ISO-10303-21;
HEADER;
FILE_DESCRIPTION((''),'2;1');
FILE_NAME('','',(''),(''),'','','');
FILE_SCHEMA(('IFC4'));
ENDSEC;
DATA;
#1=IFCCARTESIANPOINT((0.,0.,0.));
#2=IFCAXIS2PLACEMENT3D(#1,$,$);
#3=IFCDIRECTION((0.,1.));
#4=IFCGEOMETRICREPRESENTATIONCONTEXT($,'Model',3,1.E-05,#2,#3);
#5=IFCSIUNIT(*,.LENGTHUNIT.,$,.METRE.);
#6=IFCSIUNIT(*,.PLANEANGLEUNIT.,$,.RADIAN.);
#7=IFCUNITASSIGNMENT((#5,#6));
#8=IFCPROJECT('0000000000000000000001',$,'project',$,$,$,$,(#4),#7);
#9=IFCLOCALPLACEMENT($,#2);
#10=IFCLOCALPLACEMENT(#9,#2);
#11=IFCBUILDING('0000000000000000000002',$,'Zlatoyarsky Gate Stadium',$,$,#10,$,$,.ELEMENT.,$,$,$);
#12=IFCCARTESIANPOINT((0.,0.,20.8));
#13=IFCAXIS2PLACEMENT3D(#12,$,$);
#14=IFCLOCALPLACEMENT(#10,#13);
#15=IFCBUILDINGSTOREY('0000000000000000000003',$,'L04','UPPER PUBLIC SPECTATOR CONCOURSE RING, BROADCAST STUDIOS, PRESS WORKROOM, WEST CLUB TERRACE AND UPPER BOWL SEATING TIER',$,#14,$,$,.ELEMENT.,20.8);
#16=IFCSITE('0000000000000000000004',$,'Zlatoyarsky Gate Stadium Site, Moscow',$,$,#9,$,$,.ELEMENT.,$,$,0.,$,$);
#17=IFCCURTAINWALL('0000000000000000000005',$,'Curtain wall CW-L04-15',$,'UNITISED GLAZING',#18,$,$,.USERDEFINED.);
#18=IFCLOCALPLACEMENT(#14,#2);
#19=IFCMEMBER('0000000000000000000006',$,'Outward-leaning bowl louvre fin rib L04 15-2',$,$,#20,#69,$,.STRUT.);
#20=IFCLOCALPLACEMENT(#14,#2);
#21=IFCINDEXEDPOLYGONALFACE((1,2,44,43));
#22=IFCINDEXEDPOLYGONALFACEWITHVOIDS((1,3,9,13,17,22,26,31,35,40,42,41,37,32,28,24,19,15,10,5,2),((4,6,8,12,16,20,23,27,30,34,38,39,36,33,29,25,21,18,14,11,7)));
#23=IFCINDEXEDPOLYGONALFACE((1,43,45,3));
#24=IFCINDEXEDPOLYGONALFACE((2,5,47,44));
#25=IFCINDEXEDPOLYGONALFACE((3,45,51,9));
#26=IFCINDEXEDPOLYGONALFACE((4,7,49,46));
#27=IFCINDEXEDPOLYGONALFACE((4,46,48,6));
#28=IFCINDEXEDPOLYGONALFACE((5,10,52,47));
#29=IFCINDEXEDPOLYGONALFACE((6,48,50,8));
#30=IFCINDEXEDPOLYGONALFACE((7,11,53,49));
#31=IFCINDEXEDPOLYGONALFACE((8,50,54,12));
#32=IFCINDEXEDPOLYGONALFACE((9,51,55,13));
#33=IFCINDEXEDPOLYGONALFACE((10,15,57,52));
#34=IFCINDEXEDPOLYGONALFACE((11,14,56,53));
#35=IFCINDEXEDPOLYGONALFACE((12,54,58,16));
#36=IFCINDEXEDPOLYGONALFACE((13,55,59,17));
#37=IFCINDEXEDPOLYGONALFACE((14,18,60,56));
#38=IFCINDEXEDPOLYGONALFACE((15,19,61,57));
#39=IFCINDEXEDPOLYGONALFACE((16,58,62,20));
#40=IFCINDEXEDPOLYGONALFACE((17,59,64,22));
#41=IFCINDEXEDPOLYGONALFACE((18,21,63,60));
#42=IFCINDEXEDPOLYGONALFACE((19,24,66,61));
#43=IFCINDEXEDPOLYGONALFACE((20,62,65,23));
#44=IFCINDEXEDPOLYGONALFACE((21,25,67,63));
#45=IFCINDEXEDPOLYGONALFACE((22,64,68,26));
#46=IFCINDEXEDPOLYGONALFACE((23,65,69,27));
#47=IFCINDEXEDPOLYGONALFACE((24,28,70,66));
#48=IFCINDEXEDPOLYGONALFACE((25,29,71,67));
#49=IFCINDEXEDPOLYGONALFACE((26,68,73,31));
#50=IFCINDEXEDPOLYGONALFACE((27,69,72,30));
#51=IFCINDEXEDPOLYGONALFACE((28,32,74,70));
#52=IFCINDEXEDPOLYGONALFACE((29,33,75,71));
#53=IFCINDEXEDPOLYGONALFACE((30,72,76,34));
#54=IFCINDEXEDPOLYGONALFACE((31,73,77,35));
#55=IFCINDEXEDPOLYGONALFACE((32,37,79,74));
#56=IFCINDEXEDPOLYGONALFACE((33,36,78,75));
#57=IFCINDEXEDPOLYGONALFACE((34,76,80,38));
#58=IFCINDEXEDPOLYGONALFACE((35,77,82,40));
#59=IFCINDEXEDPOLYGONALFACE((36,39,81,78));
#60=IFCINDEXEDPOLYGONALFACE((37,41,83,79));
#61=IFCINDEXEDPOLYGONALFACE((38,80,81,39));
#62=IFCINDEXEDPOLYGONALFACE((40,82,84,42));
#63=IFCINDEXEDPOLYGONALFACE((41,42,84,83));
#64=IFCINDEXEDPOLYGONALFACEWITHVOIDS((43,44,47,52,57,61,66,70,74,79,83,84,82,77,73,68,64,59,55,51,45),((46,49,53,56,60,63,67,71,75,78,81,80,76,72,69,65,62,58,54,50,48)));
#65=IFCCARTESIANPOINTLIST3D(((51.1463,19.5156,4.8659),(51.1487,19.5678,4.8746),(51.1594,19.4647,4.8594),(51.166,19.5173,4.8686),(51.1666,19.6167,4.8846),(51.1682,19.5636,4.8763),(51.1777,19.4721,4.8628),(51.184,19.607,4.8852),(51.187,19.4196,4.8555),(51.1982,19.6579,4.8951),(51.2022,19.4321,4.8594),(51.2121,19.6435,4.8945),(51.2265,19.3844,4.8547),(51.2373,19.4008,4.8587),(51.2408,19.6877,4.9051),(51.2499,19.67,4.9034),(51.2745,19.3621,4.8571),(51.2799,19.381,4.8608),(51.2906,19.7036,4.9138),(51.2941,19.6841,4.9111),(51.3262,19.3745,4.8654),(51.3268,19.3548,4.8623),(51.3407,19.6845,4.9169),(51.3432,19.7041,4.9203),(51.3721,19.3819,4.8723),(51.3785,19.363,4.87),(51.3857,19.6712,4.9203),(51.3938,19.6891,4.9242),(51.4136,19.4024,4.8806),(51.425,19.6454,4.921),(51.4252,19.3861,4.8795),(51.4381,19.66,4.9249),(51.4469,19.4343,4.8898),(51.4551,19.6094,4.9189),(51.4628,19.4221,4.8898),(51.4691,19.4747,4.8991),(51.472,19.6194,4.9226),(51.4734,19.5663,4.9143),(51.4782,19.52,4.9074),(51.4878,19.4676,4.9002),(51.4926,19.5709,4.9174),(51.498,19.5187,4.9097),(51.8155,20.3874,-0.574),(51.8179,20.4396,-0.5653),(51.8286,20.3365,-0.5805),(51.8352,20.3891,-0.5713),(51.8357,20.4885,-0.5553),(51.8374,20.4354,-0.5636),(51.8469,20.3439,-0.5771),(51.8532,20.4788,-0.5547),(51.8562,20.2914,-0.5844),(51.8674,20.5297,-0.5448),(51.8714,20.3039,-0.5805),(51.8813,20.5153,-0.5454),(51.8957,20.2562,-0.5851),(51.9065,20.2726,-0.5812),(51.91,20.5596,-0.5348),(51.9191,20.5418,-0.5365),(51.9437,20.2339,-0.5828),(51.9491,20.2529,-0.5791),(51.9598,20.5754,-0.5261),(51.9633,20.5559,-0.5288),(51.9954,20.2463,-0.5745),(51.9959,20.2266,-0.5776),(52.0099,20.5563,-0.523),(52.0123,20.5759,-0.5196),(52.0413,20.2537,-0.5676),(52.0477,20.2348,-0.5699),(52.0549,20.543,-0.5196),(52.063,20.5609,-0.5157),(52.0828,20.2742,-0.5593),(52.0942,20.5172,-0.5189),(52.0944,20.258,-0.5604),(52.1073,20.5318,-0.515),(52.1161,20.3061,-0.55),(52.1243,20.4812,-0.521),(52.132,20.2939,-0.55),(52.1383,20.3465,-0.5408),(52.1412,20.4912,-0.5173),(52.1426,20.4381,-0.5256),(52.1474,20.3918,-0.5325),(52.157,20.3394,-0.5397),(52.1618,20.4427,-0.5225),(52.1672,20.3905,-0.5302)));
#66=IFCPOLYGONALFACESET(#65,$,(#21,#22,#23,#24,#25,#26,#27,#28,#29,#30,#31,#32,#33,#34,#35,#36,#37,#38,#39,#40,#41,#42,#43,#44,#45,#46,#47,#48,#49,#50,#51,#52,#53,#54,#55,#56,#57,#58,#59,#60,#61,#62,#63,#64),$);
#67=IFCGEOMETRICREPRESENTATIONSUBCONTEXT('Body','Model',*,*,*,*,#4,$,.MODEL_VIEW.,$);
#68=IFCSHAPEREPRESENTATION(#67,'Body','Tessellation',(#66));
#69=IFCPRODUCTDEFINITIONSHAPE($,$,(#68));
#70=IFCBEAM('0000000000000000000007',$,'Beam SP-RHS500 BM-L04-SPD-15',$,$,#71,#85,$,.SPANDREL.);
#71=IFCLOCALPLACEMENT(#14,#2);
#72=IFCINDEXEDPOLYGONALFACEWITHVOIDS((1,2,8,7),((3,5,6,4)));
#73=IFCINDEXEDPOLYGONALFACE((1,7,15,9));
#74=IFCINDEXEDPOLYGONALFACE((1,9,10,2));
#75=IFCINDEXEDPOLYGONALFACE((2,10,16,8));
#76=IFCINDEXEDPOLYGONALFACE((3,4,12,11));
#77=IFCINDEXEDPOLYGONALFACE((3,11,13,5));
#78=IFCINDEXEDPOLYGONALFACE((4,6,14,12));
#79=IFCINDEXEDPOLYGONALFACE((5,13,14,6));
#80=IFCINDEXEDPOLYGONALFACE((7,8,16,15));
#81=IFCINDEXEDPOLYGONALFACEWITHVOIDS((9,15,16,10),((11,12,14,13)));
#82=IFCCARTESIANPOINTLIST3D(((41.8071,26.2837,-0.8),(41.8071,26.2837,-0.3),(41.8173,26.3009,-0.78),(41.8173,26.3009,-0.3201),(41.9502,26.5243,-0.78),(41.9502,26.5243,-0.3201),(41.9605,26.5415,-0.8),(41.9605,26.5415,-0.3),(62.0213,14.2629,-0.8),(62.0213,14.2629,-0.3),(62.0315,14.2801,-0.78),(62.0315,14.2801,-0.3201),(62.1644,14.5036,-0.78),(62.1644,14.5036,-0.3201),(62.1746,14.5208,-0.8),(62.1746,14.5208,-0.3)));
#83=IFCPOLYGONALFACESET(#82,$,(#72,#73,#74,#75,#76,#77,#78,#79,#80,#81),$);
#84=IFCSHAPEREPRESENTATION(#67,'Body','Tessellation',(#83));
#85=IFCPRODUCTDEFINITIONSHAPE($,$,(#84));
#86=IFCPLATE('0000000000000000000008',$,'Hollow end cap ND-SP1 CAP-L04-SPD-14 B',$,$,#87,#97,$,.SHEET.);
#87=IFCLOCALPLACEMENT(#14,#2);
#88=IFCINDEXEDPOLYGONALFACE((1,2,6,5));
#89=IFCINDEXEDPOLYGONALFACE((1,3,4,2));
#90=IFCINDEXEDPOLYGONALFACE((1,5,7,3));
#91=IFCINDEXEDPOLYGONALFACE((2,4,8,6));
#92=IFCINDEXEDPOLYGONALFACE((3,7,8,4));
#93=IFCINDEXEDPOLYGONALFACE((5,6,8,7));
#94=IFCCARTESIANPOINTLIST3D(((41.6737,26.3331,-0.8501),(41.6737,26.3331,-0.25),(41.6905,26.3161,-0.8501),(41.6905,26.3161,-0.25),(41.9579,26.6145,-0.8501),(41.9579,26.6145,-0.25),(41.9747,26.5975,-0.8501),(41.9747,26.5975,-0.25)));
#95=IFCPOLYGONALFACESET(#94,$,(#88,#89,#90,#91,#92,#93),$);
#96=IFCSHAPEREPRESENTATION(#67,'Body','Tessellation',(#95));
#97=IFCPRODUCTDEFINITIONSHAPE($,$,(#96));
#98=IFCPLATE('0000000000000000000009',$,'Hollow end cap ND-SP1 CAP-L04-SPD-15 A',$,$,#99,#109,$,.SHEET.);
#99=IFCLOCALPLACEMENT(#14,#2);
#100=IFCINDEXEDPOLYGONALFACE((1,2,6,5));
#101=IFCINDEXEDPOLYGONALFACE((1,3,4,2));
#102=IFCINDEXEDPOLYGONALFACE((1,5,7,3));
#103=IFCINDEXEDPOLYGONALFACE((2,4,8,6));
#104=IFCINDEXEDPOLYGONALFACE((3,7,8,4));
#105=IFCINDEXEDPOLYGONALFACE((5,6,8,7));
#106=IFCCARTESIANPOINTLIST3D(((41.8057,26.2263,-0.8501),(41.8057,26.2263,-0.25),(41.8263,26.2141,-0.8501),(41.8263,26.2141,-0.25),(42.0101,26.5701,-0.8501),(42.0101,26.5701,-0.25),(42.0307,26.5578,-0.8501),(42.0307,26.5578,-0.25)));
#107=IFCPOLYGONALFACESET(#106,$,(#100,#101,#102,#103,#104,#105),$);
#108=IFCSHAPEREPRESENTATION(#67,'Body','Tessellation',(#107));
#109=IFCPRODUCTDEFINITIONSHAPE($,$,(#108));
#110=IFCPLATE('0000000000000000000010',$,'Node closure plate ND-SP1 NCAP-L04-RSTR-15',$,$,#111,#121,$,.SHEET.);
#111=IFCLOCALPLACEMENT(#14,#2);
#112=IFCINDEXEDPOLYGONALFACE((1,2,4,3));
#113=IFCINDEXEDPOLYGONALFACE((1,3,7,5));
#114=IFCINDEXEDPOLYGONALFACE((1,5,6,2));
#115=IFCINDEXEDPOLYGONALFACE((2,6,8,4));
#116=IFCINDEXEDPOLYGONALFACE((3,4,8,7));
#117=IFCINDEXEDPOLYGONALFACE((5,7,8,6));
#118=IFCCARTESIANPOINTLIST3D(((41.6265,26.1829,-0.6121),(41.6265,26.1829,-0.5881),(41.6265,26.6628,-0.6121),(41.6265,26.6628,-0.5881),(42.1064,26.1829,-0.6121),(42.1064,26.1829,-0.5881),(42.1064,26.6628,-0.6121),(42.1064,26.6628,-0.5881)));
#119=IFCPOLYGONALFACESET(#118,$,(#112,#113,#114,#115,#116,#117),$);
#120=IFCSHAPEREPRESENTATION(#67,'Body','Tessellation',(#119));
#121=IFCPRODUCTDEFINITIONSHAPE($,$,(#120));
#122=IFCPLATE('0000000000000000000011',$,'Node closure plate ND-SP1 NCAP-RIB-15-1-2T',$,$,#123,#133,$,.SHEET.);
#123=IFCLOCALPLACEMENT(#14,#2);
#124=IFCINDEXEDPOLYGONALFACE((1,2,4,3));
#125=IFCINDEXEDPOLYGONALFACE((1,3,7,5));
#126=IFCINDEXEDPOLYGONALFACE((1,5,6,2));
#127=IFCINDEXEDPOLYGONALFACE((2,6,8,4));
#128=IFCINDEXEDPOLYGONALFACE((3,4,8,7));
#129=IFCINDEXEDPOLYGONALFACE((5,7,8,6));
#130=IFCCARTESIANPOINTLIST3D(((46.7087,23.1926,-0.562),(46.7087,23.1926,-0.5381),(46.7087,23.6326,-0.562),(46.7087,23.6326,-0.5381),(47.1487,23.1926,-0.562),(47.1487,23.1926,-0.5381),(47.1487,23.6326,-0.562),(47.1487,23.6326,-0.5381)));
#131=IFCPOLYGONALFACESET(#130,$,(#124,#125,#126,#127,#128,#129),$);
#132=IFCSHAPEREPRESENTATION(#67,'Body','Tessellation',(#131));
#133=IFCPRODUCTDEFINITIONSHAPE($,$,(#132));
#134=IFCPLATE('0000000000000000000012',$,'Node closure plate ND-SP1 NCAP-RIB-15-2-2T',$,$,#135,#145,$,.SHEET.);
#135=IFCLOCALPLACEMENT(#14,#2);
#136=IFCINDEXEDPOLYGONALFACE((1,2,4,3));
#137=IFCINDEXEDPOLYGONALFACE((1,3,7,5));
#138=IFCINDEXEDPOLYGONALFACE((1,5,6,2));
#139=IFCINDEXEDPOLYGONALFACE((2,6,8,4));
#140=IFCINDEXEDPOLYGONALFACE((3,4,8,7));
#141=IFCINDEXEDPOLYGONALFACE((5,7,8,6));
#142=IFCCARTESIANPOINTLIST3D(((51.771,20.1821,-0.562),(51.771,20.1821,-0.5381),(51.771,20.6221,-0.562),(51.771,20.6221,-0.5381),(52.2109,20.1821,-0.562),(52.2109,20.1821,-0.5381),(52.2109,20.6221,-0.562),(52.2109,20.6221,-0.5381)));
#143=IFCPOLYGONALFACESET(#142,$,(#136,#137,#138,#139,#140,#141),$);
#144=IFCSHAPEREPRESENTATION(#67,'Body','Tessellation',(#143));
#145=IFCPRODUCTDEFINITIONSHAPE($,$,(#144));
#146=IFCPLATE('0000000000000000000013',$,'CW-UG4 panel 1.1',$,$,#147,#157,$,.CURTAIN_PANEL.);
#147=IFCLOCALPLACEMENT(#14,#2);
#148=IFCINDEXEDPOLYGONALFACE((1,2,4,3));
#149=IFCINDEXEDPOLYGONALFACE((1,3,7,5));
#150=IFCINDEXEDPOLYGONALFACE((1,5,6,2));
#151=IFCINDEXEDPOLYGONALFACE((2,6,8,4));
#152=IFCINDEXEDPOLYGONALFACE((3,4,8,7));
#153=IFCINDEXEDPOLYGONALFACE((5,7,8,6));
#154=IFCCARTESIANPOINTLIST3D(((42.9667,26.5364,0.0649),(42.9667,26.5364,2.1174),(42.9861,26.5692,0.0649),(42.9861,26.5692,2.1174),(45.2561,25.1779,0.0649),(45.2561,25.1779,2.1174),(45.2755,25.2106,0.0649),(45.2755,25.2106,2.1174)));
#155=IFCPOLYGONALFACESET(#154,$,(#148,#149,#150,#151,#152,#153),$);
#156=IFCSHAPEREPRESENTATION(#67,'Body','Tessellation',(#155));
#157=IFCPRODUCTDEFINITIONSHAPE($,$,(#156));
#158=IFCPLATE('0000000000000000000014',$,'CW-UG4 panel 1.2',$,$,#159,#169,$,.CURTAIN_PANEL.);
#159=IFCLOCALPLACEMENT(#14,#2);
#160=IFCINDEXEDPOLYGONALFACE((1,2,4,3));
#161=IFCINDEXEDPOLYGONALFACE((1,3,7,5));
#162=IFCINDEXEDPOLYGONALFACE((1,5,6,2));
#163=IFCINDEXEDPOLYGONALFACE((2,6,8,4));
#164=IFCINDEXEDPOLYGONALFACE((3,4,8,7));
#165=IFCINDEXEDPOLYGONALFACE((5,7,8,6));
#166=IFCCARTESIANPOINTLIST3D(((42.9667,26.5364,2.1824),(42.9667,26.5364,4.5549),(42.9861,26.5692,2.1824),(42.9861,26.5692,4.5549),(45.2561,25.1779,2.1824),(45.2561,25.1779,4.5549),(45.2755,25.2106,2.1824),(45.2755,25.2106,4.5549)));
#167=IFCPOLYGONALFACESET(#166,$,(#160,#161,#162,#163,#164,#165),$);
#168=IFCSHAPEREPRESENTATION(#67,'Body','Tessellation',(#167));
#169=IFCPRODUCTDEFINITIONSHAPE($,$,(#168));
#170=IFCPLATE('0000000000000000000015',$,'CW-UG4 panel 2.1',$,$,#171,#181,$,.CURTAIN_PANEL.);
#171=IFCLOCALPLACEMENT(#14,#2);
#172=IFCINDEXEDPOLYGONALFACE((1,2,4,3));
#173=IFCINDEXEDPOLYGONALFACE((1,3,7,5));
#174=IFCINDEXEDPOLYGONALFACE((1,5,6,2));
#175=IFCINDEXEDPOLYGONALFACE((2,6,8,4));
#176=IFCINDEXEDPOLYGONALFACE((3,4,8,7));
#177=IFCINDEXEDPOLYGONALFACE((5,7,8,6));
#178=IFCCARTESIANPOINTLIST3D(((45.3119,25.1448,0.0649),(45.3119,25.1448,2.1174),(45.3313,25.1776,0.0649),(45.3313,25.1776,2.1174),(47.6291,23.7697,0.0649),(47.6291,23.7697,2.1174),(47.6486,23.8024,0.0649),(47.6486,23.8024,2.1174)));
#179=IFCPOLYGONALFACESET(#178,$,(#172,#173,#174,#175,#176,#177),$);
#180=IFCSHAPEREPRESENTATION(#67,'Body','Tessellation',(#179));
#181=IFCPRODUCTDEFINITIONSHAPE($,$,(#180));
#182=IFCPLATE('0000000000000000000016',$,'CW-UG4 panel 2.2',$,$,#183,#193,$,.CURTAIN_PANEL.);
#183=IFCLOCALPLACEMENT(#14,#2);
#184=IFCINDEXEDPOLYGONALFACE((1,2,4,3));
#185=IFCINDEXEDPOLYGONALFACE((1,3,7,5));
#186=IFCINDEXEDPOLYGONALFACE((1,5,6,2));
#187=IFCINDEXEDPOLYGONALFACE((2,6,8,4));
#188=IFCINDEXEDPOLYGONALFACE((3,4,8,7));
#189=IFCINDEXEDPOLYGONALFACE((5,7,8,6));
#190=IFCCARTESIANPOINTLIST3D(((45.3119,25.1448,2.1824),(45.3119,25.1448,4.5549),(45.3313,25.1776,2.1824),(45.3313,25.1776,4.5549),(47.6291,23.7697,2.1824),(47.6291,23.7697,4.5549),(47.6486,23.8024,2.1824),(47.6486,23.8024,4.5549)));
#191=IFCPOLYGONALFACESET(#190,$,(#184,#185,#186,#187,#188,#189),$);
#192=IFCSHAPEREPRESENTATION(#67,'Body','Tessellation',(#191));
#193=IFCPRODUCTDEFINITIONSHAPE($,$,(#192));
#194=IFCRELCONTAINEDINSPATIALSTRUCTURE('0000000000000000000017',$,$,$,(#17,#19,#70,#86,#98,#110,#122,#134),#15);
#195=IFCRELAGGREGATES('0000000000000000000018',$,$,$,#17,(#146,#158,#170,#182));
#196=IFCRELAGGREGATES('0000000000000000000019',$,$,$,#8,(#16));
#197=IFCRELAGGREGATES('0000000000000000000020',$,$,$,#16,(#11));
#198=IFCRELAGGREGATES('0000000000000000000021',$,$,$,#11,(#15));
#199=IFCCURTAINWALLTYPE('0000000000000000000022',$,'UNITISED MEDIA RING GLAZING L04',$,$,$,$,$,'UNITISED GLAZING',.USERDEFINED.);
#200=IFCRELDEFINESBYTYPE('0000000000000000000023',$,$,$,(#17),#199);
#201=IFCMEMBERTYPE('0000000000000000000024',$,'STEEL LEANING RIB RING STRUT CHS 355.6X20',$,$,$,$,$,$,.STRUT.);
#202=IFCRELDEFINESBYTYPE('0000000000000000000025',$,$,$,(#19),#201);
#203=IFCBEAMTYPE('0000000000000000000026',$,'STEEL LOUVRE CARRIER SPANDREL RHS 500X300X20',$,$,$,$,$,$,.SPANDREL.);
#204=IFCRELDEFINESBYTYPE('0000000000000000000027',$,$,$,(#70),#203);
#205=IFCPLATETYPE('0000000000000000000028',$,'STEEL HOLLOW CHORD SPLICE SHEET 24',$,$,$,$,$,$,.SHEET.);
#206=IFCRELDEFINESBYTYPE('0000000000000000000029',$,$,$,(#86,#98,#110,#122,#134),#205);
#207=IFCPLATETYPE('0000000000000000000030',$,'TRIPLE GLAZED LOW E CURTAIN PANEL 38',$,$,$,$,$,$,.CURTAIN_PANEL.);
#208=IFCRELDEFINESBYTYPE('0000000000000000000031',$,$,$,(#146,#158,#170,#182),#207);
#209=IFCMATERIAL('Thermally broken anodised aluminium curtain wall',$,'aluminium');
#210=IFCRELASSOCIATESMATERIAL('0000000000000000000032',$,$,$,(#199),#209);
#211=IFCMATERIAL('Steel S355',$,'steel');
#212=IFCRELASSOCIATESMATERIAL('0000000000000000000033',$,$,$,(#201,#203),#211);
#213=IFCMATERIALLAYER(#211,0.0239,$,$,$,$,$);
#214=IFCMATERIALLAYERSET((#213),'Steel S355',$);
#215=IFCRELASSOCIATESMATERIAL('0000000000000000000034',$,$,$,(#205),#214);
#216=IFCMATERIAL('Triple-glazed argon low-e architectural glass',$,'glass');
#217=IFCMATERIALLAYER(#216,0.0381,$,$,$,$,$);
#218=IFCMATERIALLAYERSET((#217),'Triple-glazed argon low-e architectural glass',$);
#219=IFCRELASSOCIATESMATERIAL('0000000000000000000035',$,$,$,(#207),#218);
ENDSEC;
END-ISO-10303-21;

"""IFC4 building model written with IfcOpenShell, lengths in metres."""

from ifc_helpers import new_model, si_unit, direction, frame, origin, origin_2d, place, context, subcontext, project, spatial, rectangle, hollow_rectangle, hollow_circle, extrude, material, layer, layer_set, material_profile, profile_set, type_object, element, aggregate, save


model = new_model("IFC4")

# Units and contexts
model_context = context("Model", 3, precision=1e-05, world=origin(), true_north=direction((0.0, 1.0)))
body_context = subcontext(model_context, "Body", "Model", "MODEL_VIEW")
ifc_project = project(units=[si_unit("LENGTHUNIT", "METRE"), si_unit("PLANEANGLEUNIT", "RADIAN")], contexts=[model_context])

# Site, building, storey
site_placement = place(None, origin())
site = spatial("IfcSite", under=ifc_project, at=site_placement, Name="Zlatoyarsky Gate Stadium Site, Moscow", CompositionType="ELEMENT", RefElevation=0.0)
building_placement = place(site_placement, origin())
building = spatial("IfcBuilding", under=site, at=building_placement, Name="Zlatoyarsky Gate Stadium", CompositionType="ELEMENT")
storey_placement = place(building_placement, frame((0.0, 0.0, 20.8)))
storey = spatial("IfcBuildingStorey", under=building, at=storey_placement, Name="L04", Description="UPPER PUBLIC SPECTATOR CONCOURSE RING, BROADCAST STUDIOS, PRESS WORKROOM, WEST CLUB TERRACE AND UPPER BOWL SEATING TIER", CompositionType="ELEMENT", Elevation=20.8)

# Shared definitions
ifc_material_1 = material(Name="Thermally broken anodised aluminium curtain wall", Category="aluminium")
curtain_wall_type = type_object("IfcCurtainWallType", Name="UNITISED MEDIA RING GLAZING L04", ElementType="UNITISED GLAZING", PredefinedType="USERDEFINED", material=ifc_material_1)

# Curtain wall
curtain_wall_1_placement = place(storey_placement, origin())
curtain_wall_1 = element("IfcCurtainWall", 1, at=curtain_wall_1_placement, inside=storey, type_object=curtain_wall_type, Name="Curtain wall CW-L04-15", ObjectType="UNITISED GLAZING", PredefinedType="USERDEFINED")

# Member
ifc_material_2 = material(Name="Steel S355", Category="steel")
ifc_material_profile_1 = material_profile(ifc_material_2, hollow_circle(Radius=0.1777, WallThickness=0.02, at=origin_2d()), Name="CHS 355.6X20")
ifc_profile_set_1 = profile_set([ifc_material_profile_1], Name="Steel S355")
member_type_1 = type_object("IfcMemberType", Name="STEEL LEANING RIB RING STRUT CHS 355.6X20", PredefinedType="STRUT", material=ifc_profile_set_1)
member_1_placement = place(storey_placement, frame((51.991, 20.4021, -0.55), z_axis=(-0.120578, -0.15709, 0.980196), x_axis=(0.793259, -0.608884, 0.0)))
element("IfcMember", 2, at=member_1_placement, inside=storey, type_object=member_type_1, Name="Outward-leaning bowl louvre fin rib L04 15-2", PredefinedType="STRUT", context=body_context, shape_type="SweptSolid", body=[
    extrude(hollow_circle(Radius=0.1777, WallThickness=0.02, at=origin_2d()), origin(), (0.0, 0.0, 1.0), 5.5498),
])

# Beam
ifc_material_profile_2 = material_profile(ifc_material_2, hollow_rectangle(XDim=0.3, YDim=0.5, WallThickness=0.02, at=origin_2d()), Name="RHS 500X300X20")
ifc_profile_set_2 = profile_set([ifc_material_profile_2], Name="Steel S355")
beam_type = type_object("IfcBeamType", Name="STEEL LOUVRE CARRIER SPANDREL RHS 500X300X20", PredefinedType="SPANDREL", material=ifc_profile_set_2)
beam_placement = place(storey_placement, frame((41.8838, 26.4126, -0.55), z_axis=(0.859507, -0.511124, 0.0), x_axis=(0.511124, 0.859507, 0.0)))
element("IfcBeam", 3, at=beam_placement, inside=storey, type_object=beam_type, Name="Beam SP-RHS500 BM-L04-SPD-15", PredefinedType="SPANDREL", context=body_context, shape_type="SweptSolid", body=[
    extrude(hollow_rectangle(XDim=0.3, YDim=0.5, WallThickness=0.02, at=origin_2d()), origin(), (0.0, 0.0, 1.0), 23.5183),
])

# Plates
ifc_layer_1 = layer(ifc_material_2, 0.0239)
ifc_layer_set_1 = layer_set([ifc_layer_1], Name="Steel S355")
plate_type_1 = type_object("IfcPlateType", Name="STEEL HOLLOW CHORD SPLICE SHEET 24", PredefinedType="SHEET", material=ifc_layer_set_1)
for number, where, z_axis, x_axis, name in (
    (4, (41.8242, 26.4653, -0.8501), (0.0, 0.0, 1.0), (0.703591, -0.710605, 0.0), "Hollow end cap ND-SP1 CAP-L04-SPD-14 B"),
    (5, (41.9182, 26.3921, -0.8501), (0.0, 0.0, 1.0), (0.859509, -0.51112, 0.0), "Hollow end cap ND-SP1 CAP-L04-SPD-15 A"),
):
    element("IfcPlate", number, at=place(storey_placement, frame(where, z_axis=z_axis, x_axis=x_axis)), inside=storey, type_object=plate_type_1, Name=name, PredefinedType="SHEET", context=body_context, shape_type="SweptSolid", body=[
        extrude(rectangle(XDim=0.0239, YDim=0.3999, at=origin_2d()), origin(), (0.0, 0.0, 1.0), 0.6001),
    ])
plate_1_placement = place(storey_placement, frame((41.8665, 26.4229, -0.6121), z_axis=(0.0, 0.0, 1.0), x_axis=(1.0, 0.0, 0.0)))
element("IfcPlate", 6, at=plate_1_placement, inside=storey, type_object=plate_type_1, Name="Node closure plate ND-SP1 NCAP-L04-RSTR-15", PredefinedType="SHEET", context=body_context, shape_type="SweptSolid", body=[
    extrude(rectangle(XDim=0.48, YDim=0.48, at=origin_2d()), origin(), (0.0, 0.0, 1.0), 0.0239),
])
for number, where, z_axis, x_axis, name in (
    (7, (46.9287, 23.4126, -0.562), (0.0, 0.0, 1.0), (1.0, 0.0, 0.0), "Node closure plate ND-SP1 NCAP-RIB-15-1-2T"),
    (8, (51.991, 20.4021, -0.562), (0.0, 0.0, 1.0), (1.0, 0.0, 0.0), "Node closure plate ND-SP1 NCAP-RIB-15-2-2T"),
):
    element("IfcPlate", number, at=place(storey_placement, frame(where, z_axis=z_axis, x_axis=x_axis)), inside=storey, type_object=plate_type_1, Name=name, PredefinedType="SHEET", context=body_context, shape_type="SweptSolid", body=[
        extrude(rectangle(XDim=0.4399, YDim=0.4399, at=origin_2d()), origin(), (0.0, 0.0, 1.0), 0.0239),
    ])

# Plates
ifc_material_3 = material(Name="Triple-glazed argon low-e architectural glass", Category="glass")
ifc_layer_2 = layer(ifc_material_3, 0.0381)
ifc_layer_set_2 = layer_set([ifc_layer_2], Name="Triple-glazed argon low-e architectural glass")
plate_type_2 = type_object("IfcPlateType", Name="TRIPLE GLAZED LOW E CURTAIN PANEL 38", PredefinedType="CURTAIN_PANEL", material=ifc_layer_set_2)
plate_2_placement = place(storey_placement, frame((44.1211, 25.8735, 0.0649), z_axis=(0.0, 0.0, 1.0), x_axis=(0.859978, -0.51033, 0.0)))
plate_2 = element("IfcPlate", 9, at=plate_2_placement, type_object=plate_type_2, Name="CW-UG4 panel 1.1", PredefinedType="CURTAIN_PANEL", context=body_context, shape_type="SweptSolid", body=[
    extrude(rectangle(XDim=2.6621, YDim=0.0381, at=origin_2d()), origin(), (0.0, 0.0, 1.0), 2.0525),
])
plate_3_placement = place(storey_placement, frame((44.1211, 25.8735, 2.1824), z_axis=(0.0, 0.0, 1.0), x_axis=(0.859978, -0.51033, 0.0)))
plate_3 = element("IfcPlate", 10, at=plate_3_placement, type_object=plate_type_2, Name="CW-UG4 panel 1.2", PredefinedType="CURTAIN_PANEL", context=body_context, shape_type="SweptSolid", body=[
    extrude(rectangle(XDim=2.6621, YDim=0.0381, at=origin_2d()), origin(), (0.0, 0.0, 1.0), 2.3726),
])
plate_4_placement = place(storey_placement, frame((46.4802, 24.4736, 0.0649), z_axis=(0.0, 0.0, 1.0), x_axis=(0.859978, -0.51033, 0.0)))
plate_4 = element("IfcPlate", 11, at=plate_4_placement, type_object=plate_type_2, Name="CW-UG4 panel 2.1", PredefinedType="CURTAIN_PANEL", context=body_context, shape_type="SweptSolid", body=[
    extrude(rectangle(XDim=2.6946, YDim=0.0381, at=origin_2d()), origin(), (0.0, 0.0, 1.0), 2.0525),
])
plate_5_placement = place(storey_placement, frame((46.4802, 24.4736, 2.1824), z_axis=(0.0, 0.0, 1.0), x_axis=(0.859978, -0.51033, 0.0)))
plate_5 = element("IfcPlate", 12, at=plate_5_placement, type_object=plate_type_2, Name="CW-UG4 panel 2.2", PredefinedType="CURTAIN_PANEL", context=body_context, shape_type="SweptSolid", body=[
    extrude(rectangle(XDim=2.6946, YDim=0.0381, at=origin_2d()), origin(), (0.0, 0.0, 1.0), 2.3726),
])
aggregate(curtain_wall_1, [plate_2, plate_3, plate_4, plate_5])

save(model, "model.ifc")
